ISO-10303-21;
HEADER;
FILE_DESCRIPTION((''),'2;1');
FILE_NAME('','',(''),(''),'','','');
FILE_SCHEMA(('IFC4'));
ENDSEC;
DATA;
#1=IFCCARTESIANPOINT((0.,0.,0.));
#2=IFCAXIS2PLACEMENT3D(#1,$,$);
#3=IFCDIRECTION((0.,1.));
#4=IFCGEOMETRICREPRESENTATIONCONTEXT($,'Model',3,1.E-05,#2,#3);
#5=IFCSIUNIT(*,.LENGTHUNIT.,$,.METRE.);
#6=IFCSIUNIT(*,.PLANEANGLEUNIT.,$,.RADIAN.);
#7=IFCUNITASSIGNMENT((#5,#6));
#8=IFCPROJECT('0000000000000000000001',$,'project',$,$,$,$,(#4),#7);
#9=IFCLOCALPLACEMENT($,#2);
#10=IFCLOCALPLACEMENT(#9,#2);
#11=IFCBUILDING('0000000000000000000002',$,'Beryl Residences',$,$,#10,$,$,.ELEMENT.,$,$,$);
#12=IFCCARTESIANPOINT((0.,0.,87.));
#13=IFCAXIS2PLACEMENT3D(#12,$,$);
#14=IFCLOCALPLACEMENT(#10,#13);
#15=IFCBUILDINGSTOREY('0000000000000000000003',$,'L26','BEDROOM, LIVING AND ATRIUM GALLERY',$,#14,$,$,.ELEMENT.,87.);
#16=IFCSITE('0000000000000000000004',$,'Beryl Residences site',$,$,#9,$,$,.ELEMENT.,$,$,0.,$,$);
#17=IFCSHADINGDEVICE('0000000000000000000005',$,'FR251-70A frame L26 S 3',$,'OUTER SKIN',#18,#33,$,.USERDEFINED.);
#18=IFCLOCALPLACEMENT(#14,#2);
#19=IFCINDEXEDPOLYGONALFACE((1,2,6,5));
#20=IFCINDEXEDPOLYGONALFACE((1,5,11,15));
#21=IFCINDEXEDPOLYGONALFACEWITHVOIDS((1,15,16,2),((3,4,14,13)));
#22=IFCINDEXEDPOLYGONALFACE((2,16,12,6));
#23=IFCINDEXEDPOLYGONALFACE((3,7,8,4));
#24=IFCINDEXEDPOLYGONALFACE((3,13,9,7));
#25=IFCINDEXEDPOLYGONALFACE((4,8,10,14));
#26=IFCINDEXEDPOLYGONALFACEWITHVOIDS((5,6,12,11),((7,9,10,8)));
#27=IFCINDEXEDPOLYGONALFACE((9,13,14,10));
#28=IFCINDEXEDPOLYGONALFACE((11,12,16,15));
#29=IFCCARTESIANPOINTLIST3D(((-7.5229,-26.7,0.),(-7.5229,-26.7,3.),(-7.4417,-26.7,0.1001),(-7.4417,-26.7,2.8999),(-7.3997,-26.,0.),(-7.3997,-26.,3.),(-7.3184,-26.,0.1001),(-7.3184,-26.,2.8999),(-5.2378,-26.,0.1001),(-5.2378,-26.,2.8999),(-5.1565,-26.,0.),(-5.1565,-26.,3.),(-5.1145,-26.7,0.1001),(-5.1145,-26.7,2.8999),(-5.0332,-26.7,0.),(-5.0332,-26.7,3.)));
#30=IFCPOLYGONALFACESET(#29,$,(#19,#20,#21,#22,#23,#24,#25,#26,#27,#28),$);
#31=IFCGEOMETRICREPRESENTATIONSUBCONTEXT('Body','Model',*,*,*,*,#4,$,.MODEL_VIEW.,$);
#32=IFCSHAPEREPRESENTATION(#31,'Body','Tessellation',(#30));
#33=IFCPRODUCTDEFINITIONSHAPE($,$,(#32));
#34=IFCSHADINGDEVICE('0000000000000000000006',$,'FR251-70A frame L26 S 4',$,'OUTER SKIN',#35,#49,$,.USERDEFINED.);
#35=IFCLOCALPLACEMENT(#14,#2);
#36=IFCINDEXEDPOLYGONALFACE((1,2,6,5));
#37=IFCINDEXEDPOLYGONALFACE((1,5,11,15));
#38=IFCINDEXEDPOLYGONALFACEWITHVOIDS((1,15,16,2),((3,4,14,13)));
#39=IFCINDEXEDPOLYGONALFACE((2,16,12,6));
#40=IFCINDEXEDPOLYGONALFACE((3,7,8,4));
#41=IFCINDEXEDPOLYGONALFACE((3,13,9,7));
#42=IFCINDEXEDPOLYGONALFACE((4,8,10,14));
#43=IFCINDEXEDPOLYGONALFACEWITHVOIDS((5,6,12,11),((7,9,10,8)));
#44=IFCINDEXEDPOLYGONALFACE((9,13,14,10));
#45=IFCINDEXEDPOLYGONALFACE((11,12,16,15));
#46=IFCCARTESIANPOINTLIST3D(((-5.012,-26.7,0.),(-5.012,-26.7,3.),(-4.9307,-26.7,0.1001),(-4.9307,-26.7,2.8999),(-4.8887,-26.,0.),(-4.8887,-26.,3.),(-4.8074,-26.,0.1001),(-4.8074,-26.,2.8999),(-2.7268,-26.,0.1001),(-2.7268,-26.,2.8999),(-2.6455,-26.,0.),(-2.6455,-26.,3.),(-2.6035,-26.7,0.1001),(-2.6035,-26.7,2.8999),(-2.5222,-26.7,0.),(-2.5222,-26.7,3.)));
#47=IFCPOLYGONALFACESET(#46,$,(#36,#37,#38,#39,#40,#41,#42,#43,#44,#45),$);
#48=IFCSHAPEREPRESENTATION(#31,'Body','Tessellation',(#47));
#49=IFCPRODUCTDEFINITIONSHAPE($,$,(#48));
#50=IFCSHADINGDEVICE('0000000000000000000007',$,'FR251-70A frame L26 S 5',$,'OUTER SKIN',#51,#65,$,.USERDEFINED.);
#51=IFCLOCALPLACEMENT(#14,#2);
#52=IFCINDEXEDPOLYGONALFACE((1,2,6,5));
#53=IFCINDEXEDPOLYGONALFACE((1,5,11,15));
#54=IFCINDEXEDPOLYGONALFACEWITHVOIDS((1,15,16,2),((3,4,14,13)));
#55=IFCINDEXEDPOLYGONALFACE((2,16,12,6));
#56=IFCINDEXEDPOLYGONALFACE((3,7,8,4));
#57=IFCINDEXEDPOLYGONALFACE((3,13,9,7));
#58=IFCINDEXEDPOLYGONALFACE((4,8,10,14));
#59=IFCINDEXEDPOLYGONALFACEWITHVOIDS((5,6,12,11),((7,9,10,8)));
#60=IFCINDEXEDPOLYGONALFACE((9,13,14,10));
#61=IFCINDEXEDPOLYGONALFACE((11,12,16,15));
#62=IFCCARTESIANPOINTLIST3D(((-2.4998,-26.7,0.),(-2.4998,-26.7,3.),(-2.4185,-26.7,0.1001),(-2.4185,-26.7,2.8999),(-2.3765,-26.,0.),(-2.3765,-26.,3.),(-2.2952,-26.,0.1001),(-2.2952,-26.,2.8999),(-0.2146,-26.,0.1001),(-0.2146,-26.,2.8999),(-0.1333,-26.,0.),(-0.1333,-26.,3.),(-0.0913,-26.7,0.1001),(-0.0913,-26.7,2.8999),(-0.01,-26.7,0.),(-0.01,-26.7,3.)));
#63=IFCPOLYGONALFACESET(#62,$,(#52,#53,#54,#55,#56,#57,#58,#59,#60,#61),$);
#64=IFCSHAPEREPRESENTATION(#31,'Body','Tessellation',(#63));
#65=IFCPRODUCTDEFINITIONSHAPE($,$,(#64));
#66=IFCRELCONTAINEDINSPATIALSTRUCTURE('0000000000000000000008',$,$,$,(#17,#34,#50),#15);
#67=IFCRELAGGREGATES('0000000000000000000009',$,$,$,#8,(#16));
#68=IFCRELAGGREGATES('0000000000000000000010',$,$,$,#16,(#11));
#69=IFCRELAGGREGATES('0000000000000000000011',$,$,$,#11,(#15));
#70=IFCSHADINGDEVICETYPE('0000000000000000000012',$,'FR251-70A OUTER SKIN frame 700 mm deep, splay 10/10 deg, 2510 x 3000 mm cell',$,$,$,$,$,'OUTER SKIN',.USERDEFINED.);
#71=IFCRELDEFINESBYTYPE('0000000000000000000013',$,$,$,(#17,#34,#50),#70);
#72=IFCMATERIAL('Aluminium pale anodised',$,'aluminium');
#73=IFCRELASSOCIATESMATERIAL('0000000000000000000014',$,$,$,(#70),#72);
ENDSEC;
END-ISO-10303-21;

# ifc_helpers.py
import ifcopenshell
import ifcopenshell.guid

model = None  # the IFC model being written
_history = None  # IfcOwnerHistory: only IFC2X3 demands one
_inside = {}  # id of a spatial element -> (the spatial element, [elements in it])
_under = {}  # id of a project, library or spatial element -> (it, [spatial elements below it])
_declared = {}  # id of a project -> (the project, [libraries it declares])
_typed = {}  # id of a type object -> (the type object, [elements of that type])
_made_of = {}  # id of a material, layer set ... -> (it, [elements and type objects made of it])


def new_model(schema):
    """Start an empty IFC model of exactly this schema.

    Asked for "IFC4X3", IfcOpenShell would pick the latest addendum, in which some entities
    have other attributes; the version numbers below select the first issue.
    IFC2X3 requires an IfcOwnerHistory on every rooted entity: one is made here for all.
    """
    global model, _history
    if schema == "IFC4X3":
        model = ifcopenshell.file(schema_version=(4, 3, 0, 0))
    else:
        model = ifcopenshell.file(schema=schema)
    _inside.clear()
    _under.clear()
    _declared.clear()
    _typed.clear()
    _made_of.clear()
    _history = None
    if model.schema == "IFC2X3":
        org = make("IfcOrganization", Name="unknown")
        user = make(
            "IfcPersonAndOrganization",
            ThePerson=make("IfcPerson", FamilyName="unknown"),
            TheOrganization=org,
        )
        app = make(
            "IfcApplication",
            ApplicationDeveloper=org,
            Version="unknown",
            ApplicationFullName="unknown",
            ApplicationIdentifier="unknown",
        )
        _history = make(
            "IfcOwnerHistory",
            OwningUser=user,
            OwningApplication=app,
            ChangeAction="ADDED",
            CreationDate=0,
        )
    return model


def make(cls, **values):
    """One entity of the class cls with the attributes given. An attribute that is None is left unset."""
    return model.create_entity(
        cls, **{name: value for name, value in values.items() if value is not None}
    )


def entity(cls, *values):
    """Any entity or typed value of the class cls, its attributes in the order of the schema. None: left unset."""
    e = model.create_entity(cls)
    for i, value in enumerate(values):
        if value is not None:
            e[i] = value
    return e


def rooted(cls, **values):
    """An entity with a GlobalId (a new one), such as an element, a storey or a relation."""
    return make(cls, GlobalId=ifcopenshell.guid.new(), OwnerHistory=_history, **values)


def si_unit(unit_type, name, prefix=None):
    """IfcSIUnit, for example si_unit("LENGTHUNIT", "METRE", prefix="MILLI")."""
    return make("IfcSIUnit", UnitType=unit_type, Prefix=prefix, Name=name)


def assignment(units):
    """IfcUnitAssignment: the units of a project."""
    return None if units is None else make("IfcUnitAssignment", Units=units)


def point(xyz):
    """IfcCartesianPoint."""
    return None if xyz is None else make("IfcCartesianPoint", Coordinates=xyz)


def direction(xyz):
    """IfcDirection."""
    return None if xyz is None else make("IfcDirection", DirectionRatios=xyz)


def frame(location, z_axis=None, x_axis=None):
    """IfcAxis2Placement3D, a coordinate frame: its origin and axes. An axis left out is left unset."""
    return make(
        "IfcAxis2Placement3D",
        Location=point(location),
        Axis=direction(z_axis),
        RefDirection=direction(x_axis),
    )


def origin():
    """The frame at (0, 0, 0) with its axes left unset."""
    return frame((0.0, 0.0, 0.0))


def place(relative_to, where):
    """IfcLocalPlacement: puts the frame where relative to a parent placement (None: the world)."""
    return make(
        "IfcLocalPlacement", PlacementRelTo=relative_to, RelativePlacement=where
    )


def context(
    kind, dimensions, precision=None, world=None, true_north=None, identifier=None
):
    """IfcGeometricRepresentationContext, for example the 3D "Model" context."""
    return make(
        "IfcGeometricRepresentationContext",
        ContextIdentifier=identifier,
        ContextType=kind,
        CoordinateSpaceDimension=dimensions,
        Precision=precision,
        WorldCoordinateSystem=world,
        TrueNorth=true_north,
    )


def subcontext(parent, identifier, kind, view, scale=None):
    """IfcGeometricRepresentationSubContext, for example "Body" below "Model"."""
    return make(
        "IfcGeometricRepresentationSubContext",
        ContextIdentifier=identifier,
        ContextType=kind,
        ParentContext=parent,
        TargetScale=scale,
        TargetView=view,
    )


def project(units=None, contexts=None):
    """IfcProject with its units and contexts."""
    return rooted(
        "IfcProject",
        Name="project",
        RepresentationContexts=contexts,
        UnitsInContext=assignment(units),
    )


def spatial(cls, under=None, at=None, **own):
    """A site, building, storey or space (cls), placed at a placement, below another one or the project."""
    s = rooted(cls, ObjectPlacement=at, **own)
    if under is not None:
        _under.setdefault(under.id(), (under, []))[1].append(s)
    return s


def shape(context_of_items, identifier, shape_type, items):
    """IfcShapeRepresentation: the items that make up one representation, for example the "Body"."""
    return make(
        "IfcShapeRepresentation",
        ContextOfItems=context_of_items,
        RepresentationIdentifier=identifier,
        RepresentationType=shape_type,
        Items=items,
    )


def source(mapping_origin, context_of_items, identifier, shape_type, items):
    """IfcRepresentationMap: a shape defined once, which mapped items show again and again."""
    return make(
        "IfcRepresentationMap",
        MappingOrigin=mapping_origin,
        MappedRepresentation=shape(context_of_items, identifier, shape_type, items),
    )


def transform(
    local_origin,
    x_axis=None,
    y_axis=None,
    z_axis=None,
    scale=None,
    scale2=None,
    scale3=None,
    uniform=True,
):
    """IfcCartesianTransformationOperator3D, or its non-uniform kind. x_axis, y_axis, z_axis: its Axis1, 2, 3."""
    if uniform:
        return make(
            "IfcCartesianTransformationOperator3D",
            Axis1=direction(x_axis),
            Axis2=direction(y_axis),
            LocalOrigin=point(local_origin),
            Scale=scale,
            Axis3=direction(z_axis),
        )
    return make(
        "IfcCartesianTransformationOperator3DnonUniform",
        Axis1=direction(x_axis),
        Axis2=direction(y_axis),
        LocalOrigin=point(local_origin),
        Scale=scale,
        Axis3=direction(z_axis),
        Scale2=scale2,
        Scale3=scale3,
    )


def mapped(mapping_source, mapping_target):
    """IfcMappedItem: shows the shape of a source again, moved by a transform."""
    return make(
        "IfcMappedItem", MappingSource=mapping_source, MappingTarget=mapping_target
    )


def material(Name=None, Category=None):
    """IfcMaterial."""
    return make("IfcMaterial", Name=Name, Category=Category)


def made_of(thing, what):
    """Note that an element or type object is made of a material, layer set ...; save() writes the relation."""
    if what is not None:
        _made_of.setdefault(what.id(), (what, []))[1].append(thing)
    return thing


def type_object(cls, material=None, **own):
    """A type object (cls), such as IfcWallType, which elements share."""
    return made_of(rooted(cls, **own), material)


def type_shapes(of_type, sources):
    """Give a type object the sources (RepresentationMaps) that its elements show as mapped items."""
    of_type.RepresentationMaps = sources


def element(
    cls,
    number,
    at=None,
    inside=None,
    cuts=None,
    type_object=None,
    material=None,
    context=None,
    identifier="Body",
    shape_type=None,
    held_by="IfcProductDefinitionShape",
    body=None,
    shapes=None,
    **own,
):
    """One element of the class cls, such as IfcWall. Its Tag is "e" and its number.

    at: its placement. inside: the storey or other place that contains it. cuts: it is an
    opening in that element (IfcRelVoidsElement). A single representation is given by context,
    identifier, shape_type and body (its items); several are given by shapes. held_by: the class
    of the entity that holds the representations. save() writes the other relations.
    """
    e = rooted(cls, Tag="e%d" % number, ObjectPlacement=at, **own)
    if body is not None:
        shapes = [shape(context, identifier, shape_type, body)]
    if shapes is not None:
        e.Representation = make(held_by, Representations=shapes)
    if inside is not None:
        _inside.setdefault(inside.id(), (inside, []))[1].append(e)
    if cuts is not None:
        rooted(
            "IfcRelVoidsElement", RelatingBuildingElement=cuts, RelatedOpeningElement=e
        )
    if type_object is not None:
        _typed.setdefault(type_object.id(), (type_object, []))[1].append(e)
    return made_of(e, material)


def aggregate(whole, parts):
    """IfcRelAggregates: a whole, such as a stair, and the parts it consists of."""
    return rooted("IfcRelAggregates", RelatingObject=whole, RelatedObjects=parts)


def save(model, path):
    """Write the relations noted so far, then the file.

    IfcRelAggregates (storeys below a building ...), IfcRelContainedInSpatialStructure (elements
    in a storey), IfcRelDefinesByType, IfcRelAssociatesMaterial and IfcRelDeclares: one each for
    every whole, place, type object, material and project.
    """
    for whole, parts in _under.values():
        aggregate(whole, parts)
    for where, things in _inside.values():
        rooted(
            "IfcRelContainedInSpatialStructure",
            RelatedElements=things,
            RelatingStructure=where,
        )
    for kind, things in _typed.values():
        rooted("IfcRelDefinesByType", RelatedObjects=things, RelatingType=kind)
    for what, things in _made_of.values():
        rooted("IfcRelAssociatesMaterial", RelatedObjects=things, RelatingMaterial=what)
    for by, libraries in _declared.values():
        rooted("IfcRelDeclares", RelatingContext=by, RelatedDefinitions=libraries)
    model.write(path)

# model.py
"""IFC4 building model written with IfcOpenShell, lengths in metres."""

from ifc_helpers import new_model, entity, si_unit, direction, frame, origin, place, context, subcontext, project, spatial, source, transform, mapped, material, type_object, type_shapes, element, save


model = new_model("IFC4")

# Units and contexts
model_context = context("Model", 3, precision=1e-05, world=origin(), true_north=direction((0.0, 1.0)))
body_context = subcontext(model_context, "Body", "Model", "MODEL_VIEW")
ifc_project = project(units=[si_unit("LENGTHUNIT", "METRE"), si_unit("PLANEANGLEUNIT", "RADIAN")], contexts=[model_context])

# Site, building, storey
site_placement = place(None, origin())
site = spatial("IfcSite", under=ifc_project, at=site_placement, Name="Beryl Residences site", CompositionType="ELEMENT", RefElevation=0.0)
building_placement = place(site_placement, origin())
building = spatial("IfcBuilding", under=site, at=building_placement, Name="Beryl Residences", CompositionType="ELEMENT")
storey_placement = place(building_placement, frame((0.0, 0.0, 87.0)))
storey = spatial("IfcBuildingStorey", under=building, at=storey_placement, Name="L26", Description="BEDROOM, LIVING AND ATRIUM GALLERY", CompositionType="ELEMENT", Elevation=87.0)

# Shading devices
ifc_material_1 = material(Name="Aluminium pale anodised", Category="aluminium")
shading_device_type = type_object("IfcShadingDeviceType", Name="FR251-70A OUTER SKIN frame 700 mm deep, splay 10/10 deg, 2510 x 3000 mm cell", ElementType="OUTER SKIN", PredefinedType="USERDEFINED", material=ifc_material_1)
cartesian_point_1 = entity("IfcCartesianPoint", [-1.1216, 0.0])
cartesian_point_2 = entity("IfcCartesianPoint", [-1.0403, 0.1001])
cartesian_point_3 = entity("IfcCartesianPoint", [-1.2449, 0.0])
cartesian_point_4 = entity("IfcCartesianPoint", [-1.1636, 0.1001])
shared_shape = source(origin(), body_context, "Body", "SweptSolid", [
    entity("IfcExtrudedAreaSolidTapered", entity("IfcArbitraryProfileDefWithVoids", "AREA", None, entity("IfcPolyline", [cartesian_point_1, entity("IfcCartesianPoint", [1.1216, 0.0]), entity("IfcCartesianPoint", [1.1216, 3.0]), entity("IfcCartesianPoint", [-1.1216, 3.0]), cartesian_point_1]), [entity("IfcPolyline", [cartesian_point_2, entity("IfcCartesianPoint", [1.0403, 0.1001]), entity("IfcCartesianPoint", [1.0403, 2.8999]), entity("IfcCartesianPoint", [-1.0403, 2.8999]), cartesian_point_2])]), entity("IfcAxis2Placement3D", entity("IfcCartesianPoint", [0.0, 0.0, 0.0]), entity("IfcDirection", [0.0, 1.0, 0.0]), entity("IfcDirection", [-1.0, 0.0, 0.0])), entity("IfcDirection", [0.0, 0.0, 1.0]), 0.7, entity("IfcArbitraryProfileDefWithVoids", "AREA", None, entity("IfcPolyline", [cartesian_point_3, entity("IfcCartesianPoint", [1.2449, 0.0]), entity("IfcCartesianPoint", [1.2449, 3.0]), entity("IfcCartesianPoint", [-1.2449, 3.0]), cartesian_point_3]), [entity("IfcPolyline", [cartesian_point_4, entity("IfcCartesianPoint", [1.1636, 0.1001]), entity("IfcCartesianPoint", [1.1636, 2.8999]), entity("IfcCartesianPoint", [-1.1636, 2.8999]), cartesian_point_4])])),
])
type_shapes(shading_device_type, [shared_shape])
for number, where, z_axis, x_axis, name in (
    (1, (-6.2781, -26.0, 0.0), (0.0, 0.0, 1.0), (-1.0, 0.0, 0.0), "FR251-70A frame L26 S 3"),
    (2, (-3.7671, -26.0, 0.0), (0.0, 0.0, 1.0), (-1.0, 0.0, 0.0), "FR251-70A frame L26 S 4"),
    (3, (-1.2549, -26.0, 0.0), (0.0, 0.0, 1.0), (-1.0, 0.0, 0.0), "FR251-70A frame L26 S 5"),
):
    element("IfcShadingDevice", number, at=place(storey_placement, frame(where, z_axis=z_axis, x_axis=x_axis)), inside=storey, type_object=shading_device_type, Name=name, ObjectType="OUTER SKIN", PredefinedType="USERDEFINED", context=body_context, shape_type="MappedRepresentation", body=[
        mapped(shared_shape, transform((0.0, 0.0, 0.0))),
    ])

save(model, "model.ifc")
